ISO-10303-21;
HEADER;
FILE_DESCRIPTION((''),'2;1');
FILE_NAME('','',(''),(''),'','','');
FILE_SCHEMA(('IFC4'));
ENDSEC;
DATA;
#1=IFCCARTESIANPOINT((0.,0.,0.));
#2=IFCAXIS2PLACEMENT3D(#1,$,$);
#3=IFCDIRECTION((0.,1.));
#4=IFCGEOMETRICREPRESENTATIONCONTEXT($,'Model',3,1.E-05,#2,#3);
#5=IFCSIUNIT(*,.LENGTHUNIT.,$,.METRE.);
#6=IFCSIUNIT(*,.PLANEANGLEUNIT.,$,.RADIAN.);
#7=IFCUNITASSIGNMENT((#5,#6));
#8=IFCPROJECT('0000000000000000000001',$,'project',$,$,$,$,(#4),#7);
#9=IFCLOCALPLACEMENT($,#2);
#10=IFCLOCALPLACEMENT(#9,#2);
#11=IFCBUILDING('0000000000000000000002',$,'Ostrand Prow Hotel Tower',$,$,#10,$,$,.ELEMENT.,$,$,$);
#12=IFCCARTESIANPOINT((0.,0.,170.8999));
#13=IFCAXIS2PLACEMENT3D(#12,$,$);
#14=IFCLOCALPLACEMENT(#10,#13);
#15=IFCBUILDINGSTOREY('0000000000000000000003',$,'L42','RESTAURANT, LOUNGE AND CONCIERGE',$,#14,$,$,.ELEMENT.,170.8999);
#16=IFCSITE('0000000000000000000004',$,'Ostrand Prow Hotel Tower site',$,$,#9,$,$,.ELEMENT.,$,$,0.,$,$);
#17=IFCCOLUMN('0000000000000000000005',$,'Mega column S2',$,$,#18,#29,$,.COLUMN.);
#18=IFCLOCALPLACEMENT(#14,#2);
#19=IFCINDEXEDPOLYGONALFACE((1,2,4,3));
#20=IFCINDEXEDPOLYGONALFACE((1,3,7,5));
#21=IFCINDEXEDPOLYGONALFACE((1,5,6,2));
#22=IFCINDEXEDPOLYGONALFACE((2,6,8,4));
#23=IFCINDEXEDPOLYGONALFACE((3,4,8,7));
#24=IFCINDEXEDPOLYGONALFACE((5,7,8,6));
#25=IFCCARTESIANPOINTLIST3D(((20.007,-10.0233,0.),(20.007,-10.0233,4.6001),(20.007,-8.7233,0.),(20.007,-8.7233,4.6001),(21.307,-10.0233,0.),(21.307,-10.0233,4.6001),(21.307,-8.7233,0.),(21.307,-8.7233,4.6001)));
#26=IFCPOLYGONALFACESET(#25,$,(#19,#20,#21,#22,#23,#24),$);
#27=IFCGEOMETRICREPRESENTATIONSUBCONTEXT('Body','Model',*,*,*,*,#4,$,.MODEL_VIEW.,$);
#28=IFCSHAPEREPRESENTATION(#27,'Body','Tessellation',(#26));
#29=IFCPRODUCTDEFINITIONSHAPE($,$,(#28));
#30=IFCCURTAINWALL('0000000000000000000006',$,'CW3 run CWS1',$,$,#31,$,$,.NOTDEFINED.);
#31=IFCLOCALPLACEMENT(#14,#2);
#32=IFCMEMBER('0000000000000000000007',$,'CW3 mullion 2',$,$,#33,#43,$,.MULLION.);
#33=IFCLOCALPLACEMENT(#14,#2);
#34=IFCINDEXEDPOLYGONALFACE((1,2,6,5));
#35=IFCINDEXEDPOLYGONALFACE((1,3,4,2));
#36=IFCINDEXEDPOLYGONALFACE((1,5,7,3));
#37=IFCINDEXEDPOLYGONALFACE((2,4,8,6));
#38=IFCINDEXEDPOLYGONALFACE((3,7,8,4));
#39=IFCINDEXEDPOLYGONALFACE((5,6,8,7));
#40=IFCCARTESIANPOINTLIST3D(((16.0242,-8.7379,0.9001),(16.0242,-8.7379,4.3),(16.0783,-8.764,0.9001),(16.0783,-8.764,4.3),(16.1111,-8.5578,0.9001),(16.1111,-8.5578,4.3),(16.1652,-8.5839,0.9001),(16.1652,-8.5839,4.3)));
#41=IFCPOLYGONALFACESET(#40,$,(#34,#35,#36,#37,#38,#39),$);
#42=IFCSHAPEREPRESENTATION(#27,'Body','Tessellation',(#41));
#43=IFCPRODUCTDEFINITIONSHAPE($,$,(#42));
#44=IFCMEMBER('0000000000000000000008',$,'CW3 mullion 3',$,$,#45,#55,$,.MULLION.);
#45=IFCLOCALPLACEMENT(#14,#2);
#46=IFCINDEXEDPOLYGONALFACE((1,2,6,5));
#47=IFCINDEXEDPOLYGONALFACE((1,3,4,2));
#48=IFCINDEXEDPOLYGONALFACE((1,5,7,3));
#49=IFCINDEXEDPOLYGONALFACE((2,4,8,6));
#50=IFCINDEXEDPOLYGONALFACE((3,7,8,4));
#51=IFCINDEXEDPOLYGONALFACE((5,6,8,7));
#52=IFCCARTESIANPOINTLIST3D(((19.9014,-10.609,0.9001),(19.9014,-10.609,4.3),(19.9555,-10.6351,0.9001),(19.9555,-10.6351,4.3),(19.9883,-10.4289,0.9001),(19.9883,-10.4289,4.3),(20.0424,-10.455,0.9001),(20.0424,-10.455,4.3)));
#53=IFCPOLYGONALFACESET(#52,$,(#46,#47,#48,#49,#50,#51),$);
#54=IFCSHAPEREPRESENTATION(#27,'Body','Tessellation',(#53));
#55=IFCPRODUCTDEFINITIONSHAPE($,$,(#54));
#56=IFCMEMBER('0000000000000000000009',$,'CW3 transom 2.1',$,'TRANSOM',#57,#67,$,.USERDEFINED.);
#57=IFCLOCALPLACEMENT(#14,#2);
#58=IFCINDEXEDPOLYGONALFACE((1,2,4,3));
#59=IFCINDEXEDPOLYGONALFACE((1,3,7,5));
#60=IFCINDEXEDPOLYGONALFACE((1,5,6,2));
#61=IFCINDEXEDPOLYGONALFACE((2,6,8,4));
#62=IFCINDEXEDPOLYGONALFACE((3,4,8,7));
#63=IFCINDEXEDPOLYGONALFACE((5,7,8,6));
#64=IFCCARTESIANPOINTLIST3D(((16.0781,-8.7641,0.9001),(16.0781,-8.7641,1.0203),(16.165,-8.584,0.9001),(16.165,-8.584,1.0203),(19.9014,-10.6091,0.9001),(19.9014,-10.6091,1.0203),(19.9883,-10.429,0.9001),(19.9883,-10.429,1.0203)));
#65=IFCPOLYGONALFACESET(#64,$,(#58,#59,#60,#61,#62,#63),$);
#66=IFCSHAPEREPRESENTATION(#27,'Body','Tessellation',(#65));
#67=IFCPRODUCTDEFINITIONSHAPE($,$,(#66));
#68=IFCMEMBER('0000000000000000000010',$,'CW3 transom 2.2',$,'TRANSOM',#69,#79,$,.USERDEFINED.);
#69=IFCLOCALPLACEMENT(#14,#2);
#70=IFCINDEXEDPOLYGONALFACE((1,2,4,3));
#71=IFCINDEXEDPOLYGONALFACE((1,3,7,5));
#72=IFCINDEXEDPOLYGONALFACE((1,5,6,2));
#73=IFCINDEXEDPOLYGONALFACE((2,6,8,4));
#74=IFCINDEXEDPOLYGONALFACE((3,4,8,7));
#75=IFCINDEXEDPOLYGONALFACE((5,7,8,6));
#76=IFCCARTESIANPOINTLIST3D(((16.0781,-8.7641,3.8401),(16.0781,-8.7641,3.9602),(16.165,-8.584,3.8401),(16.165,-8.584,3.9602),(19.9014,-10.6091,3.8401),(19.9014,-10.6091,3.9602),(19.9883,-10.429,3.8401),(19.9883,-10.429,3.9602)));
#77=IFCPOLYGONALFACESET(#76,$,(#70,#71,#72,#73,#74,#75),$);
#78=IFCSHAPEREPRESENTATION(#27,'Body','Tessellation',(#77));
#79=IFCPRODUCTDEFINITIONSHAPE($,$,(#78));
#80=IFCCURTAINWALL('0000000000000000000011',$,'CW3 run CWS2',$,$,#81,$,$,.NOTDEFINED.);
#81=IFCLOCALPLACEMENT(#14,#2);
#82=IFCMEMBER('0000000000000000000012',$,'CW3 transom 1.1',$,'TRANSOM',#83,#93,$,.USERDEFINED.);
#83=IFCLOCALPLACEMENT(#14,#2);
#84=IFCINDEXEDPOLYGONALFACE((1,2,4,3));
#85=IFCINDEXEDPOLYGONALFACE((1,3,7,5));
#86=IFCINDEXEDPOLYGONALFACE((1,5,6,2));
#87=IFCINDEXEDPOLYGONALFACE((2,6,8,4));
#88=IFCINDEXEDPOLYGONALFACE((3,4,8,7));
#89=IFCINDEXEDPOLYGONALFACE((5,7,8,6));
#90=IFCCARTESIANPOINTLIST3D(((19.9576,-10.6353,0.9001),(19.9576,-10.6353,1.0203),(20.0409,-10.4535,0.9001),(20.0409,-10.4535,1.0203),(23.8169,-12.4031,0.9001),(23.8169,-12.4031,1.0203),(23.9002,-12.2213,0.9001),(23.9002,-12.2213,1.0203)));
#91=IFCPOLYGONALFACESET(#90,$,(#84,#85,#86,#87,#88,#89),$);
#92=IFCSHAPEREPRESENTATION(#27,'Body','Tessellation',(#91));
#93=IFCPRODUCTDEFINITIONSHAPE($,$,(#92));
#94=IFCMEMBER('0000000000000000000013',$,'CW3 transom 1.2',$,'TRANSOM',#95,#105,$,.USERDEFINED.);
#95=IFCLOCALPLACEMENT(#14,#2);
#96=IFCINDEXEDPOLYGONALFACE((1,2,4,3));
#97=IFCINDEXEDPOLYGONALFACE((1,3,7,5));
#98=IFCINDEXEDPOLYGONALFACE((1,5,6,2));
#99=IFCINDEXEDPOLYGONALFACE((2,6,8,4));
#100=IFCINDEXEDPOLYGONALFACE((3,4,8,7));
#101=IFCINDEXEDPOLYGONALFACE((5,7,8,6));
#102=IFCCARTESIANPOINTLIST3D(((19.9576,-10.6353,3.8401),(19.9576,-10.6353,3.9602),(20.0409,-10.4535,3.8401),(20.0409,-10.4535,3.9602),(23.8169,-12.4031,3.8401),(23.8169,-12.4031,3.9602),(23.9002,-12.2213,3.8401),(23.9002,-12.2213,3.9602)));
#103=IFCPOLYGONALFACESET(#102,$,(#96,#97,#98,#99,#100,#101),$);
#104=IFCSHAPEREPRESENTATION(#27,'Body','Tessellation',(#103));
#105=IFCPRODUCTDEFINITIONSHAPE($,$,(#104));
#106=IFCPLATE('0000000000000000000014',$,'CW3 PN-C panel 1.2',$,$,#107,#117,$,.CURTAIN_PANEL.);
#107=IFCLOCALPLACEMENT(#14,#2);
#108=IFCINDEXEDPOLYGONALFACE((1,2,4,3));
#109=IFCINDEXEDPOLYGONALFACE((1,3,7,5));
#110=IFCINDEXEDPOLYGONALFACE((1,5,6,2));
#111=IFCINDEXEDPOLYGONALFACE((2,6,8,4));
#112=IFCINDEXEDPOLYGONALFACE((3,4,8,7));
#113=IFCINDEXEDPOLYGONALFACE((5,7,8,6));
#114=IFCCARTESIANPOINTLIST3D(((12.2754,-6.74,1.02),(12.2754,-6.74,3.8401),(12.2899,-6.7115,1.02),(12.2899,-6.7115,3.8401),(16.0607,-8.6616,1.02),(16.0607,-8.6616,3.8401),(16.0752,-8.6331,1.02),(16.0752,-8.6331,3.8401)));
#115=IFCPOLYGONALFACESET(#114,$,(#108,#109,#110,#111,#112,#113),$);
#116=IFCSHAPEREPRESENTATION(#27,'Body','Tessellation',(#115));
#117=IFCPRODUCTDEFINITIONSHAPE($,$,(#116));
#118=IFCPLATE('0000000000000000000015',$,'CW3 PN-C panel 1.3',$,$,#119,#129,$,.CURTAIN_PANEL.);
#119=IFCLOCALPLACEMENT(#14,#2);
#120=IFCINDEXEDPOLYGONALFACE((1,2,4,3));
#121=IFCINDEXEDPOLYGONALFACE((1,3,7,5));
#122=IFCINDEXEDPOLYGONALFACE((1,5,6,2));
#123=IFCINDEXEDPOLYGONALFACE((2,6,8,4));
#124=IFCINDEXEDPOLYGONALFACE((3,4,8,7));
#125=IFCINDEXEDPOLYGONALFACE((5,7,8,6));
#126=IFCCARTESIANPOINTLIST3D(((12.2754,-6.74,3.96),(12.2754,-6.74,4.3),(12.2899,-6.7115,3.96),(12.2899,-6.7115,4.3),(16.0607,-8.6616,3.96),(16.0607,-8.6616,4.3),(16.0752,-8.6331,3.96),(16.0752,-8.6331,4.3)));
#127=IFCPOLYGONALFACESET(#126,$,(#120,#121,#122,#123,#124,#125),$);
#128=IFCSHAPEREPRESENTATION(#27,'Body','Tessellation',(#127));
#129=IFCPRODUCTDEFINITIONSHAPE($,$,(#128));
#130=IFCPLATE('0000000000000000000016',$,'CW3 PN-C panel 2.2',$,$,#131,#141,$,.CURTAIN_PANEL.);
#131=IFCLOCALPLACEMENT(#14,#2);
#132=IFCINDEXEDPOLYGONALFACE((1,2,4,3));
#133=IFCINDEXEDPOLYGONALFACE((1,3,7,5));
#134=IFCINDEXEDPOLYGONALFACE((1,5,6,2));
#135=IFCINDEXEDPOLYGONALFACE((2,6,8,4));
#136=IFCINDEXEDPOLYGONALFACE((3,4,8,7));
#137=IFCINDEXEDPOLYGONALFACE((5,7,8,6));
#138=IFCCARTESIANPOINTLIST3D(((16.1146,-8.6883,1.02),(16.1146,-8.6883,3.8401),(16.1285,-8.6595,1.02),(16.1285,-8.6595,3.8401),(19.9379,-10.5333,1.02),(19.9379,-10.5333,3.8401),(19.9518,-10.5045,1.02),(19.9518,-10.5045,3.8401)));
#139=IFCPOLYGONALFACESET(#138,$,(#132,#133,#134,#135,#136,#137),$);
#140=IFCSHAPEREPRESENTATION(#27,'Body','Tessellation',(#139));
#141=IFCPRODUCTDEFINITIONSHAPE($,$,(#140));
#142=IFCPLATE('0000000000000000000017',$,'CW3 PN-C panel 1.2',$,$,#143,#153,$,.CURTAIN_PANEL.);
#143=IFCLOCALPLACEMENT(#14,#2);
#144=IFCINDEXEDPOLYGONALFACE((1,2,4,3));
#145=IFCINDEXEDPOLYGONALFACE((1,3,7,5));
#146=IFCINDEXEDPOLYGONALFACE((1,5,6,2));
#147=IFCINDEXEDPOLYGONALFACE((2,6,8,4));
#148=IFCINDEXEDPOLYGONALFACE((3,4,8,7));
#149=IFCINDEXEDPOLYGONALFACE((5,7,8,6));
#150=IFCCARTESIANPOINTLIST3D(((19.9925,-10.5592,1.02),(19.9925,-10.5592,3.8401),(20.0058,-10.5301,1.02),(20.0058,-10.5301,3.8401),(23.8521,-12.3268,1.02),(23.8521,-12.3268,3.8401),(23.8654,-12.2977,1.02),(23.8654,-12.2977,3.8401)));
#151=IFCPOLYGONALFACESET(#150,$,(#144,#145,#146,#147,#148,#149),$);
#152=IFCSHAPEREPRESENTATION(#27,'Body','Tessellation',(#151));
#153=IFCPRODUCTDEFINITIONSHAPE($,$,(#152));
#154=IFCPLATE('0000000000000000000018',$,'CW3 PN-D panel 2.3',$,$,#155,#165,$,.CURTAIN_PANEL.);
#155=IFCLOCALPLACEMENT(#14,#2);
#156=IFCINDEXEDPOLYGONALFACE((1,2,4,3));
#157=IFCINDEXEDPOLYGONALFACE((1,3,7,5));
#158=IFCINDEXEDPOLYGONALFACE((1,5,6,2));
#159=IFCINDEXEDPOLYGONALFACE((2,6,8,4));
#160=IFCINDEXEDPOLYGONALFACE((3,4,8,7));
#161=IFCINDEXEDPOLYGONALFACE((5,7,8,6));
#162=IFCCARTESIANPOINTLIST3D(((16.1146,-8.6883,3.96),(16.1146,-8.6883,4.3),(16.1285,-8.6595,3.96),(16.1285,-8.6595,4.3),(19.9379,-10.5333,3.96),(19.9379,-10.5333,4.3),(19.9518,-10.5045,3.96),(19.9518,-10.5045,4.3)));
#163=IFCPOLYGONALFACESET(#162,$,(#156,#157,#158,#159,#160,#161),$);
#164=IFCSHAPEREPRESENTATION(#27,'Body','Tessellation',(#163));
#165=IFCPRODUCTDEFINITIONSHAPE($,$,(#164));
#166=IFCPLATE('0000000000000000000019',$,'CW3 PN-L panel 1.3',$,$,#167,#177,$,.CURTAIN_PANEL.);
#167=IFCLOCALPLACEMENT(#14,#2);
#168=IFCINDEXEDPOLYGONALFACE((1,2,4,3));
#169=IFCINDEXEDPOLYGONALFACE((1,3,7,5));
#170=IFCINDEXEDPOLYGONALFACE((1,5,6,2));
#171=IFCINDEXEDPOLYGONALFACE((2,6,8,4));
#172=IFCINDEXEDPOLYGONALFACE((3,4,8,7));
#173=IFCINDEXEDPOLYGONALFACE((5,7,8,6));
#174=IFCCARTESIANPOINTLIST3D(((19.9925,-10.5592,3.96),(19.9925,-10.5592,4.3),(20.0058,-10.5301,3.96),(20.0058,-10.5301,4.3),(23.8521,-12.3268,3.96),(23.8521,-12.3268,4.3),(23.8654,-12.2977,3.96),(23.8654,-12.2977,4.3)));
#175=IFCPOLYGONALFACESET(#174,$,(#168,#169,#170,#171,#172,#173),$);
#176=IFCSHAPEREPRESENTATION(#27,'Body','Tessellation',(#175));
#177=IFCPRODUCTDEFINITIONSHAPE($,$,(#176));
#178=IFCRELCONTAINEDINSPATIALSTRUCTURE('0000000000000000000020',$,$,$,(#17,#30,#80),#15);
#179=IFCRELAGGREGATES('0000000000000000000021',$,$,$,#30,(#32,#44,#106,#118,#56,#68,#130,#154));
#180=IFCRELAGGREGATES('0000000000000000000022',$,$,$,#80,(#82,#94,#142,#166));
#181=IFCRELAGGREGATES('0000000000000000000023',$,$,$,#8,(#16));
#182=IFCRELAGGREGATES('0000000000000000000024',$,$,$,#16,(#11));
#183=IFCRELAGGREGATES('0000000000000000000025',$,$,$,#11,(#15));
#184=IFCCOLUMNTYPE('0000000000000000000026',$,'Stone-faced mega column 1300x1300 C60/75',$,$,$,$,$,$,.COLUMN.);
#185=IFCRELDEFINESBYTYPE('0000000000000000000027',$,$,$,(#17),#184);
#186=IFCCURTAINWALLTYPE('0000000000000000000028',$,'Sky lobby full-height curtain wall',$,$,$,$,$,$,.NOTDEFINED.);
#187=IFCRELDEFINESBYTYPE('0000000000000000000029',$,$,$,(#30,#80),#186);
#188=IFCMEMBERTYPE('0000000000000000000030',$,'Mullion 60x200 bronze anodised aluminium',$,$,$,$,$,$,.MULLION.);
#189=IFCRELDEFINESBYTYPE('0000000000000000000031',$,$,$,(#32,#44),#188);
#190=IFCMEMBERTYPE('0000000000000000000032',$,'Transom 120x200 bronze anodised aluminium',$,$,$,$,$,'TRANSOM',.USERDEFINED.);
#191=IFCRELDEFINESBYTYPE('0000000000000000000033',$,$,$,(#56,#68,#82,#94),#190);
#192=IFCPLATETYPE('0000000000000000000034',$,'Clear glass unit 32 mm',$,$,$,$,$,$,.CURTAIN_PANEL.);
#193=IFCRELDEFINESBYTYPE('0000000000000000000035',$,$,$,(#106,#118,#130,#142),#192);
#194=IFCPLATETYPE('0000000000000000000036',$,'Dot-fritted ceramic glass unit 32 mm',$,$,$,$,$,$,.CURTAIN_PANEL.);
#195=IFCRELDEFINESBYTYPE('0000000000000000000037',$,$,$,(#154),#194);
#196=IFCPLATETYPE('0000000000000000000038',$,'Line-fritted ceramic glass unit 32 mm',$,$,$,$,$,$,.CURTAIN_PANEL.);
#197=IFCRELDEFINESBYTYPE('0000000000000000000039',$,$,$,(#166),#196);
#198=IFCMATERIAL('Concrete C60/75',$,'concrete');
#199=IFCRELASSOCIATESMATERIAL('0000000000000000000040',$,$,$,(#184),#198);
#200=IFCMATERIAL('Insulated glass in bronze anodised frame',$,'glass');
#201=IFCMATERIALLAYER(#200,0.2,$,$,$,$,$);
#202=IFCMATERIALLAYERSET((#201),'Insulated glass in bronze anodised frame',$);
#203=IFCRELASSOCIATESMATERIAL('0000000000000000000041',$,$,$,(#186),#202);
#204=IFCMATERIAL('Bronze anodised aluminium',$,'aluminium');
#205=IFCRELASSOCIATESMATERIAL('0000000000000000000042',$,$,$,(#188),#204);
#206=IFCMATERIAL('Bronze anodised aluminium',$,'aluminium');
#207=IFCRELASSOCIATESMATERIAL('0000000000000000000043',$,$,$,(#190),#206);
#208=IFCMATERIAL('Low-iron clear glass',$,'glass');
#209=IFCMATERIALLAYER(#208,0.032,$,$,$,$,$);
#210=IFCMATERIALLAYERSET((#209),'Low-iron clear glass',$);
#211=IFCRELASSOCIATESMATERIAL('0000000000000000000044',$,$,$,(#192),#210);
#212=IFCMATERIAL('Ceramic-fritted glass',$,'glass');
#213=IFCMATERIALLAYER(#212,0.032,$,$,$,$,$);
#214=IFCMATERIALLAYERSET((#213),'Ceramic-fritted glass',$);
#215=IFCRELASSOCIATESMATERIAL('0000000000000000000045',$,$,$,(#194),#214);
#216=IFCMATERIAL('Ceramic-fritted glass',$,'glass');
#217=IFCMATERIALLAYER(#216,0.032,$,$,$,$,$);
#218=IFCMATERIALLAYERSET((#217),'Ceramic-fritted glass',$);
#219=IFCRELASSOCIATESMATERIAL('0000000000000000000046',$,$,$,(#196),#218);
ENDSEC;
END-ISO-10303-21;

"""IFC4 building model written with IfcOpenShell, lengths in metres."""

from ifc_helpers import new_model, si_unit, direction, frame, origin, origin_2d, place, context, subcontext, project, spatial, rectangle, extrude, material, layer, layer_set, material_profile, profile_set, type_object, element, aggregate, save


model = new_model("IFC4")

# Units and contexts
model_context = context("Model", 3, precision=1e-05, world=origin(), true_north=direction((0.0, 1.0)))
body_context = subcontext(model_context, "Body", "Model", "MODEL_VIEW")
ifc_project = project(units=[si_unit("LENGTHUNIT", "METRE"), si_unit("PLANEANGLEUNIT", "RADIAN")], contexts=[model_context])

# Site, building, storey
site_placement = place(None, origin())
site = spatial("IfcSite", under=ifc_project, at=site_placement, Name="Ostrand Prow Hotel Tower site", CompositionType="ELEMENT", RefElevation=0.0)
building_placement = place(site_placement, origin())
building = spatial("IfcBuilding", under=site, at=building_placement, Name="Ostrand Prow Hotel Tower", CompositionType="ELEMENT")
storey_placement = place(building_placement, frame((0.0, 0.0, 170.8999)))
storey = spatial("IfcBuildingStorey", under=building, at=storey_placement, Name="L42", Description="RESTAURANT, LOUNGE AND CONCIERGE", CompositionType="ELEMENT", Elevation=170.8999)

# Column
ifc_material_1 = material(Name="Concrete C60/75", Category="concrete")
ifc_material_profile_1 = material_profile(ifc_material_1, rectangle(XDim=1.3, YDim=1.3, at=origin_2d()), Name="RC 1300x1300")
ifc_profile_set_1 = profile_set([ifc_material_profile_1], Name="Concrete C60/75")
column_type = type_object("IfcColumnType", Name="Stone-faced mega column 1300x1300 C60/75", PredefinedType="COLUMN", material=ifc_profile_set_1)
column_placement = place(storey_placement, frame((20.657, -9.3733, 0.0), z_axis=(0.0, 0.0, 1.0), x_axis=(1.0, 0.0, 0.0)))
element("IfcColumn", 1, at=column_placement, inside=storey, type_object=column_type, Name="Mega column S2", PredefinedType="COLUMN", context=body_context, shape_type="SweptSolid", body=[
    extrude(rectangle(XDim=1.3, YDim=1.3, at=origin_2d()), origin(), (0.0, 0.0, 1.0), 4.6001),
])

# Curtain walls, members
ifc_material_2 = material(Name="Insulated glass in bronze anodised frame", Category="glass")
ifc_layer_1 = layer(ifc_material_2, 0.2)
ifc_layer_set_1 = layer_set([ifc_layer_1], Name="Insulated glass in bronze anodised frame")
curtain_wall_type = type_object("IfcCurtainWallType", Name="Sky lobby full-height curtain wall", PredefinedType="NOTDEFINED", material=ifc_layer_set_1)
curtain_wall_1_placement = place(storey_placement, origin())
curtain_wall_1 = element("IfcCurtainWall", 2, at=curtain_wall_1_placement, inside=storey, type_object=curtain_wall_type, Name="CW3 run CWS1", PredefinedType="NOTDEFINED")
ifc_material_3 = material(Name="Bronze anodised aluminium", Category="aluminium")
ifc_material_profile_2 = material_profile(ifc_material_3, rectangle(XDim=0.2, YDim=0.0601, at=origin_2d()), Name="Mullion 60x200 bronze anodised aluminium")
ifc_profile_set_2 = profile_set([ifc_material_profile_2], Name="Bronze anodised aluminium")
member_type_1 = type_object("IfcMemberType", Name="Mullion 60x200 bronze anodised aluminium", PredefinedType="MULLION", material=ifc_profile_set_2)
member_1_placement = place(storey_placement, frame((16.0947, -8.6609, 0.9001), z_axis=(0.0, 0.0, 1.0), x_axis=(0.434615, 0.900616, 0.0)))
member_1 = element("IfcMember", 3, at=member_1_placement, type_object=member_type_1, Name="CW3 mullion 2", PredefinedType="MULLION", context=body_context, shape_type="SweptSolid", body=[
    extrude(rectangle(XDim=0.2, YDim=0.0601, at=origin_2d()), origin(), (0.0, 0.0, 1.0), 3.3999),
])
member_2_placement = place(storey_placement, frame((19.9719, -10.532, 0.9001), z_axis=(0.0, 0.0, 1.0), x_axis=(0.434615, 0.900616, 0.0)))
member_2 = element("IfcMember", 4, at=member_2_placement, type_object=member_type_1, Name="CW3 mullion 3", PredefinedType="MULLION", context=body_context, shape_type="SweptSolid", body=[
    extrude(rectangle(XDim=0.2, YDim=0.0601, at=origin_2d()), origin(), (0.0, 0.0, 1.0), 3.3999),
])
ifc_material_4 = material(Name="Bronze anodised aluminium", Category="aluminium")
ifc_material_profile_3 = material_profile(ifc_material_4, rectangle(XDim=0.2, YDim=0.1201, at=origin_2d()), Name="Transom 120x200 bronze anodised aluminium")
ifc_profile_set_3 = profile_set([ifc_material_profile_3], Name="Bronze anodised aluminium")
member_type_2 = type_object("IfcMemberType", Name="Transom 120x200 bronze anodised aluminium", ElementType="TRANSOM", PredefinedType="USERDEFINED", material=ifc_profile_set_3)
member_3_placement = place(storey_placement, frame((16.1216, -8.6741, 0.9602), z_axis=(0.900619, -0.434609, 0.0), x_axis=(0.434609, 0.900619, 0.0)))
member_3 = element("IfcMember", 5, at=member_3_placement, type_object=member_type_2, Name="CW3 transom 2.1", ObjectType="TRANSOM", PredefinedType="USERDEFINED", context=body_context, shape_type="SweptSolid", body=[
    extrude(rectangle(XDim=0.2, YDim=0.1201, at=origin_2d()), origin(), (0.0, 0.0, 1.0), 4.2451),
])
member_4_placement = place(storey_placement, frame((16.1216, -8.6741, 3.9001), z_axis=(0.900619, -0.434609, 0.0), x_axis=(0.434609, 0.900619, 0.0)))
member_4 = element("IfcMember", 6, at=member_4_placement, type_object=member_type_2, Name="CW3 transom 2.2", ObjectType="TRANSOM", PredefinedType="USERDEFINED", context=body_context, shape_type="SweptSolid", body=[
    extrude(rectangle(XDim=0.2, YDim=0.1201, at=origin_2d()), origin(), (0.0, 0.0, 1.0), 4.2451),
])
curtain_wall_2_placement = place(storey_placement, origin())
curtain_wall_2 = element("IfcCurtainWall", 7, at=curtain_wall_2_placement, inside=storey, type_object=curtain_wall_type, Name="CW3 run CWS2", PredefinedType="NOTDEFINED")
member_5_placement = place(storey_placement, frame((19.9993, -10.5444, 0.9602), z_axis=(0.909159, -0.416449, 0.0), x_axis=(0.416449, 0.909159, 0.0)))
member_5 = element("IfcMember", 8, at=member_5_placement, type_object=member_type_2, Name="CW3 transom 1.1", ObjectType="TRANSOM", PredefinedType="USERDEFINED", context=body_context, shape_type="SweptSolid", body=[
    extrude(rectangle(XDim=0.2, YDim=0.1201, at=origin_2d()), origin(), (0.0, 0.0, 1.0), 4.2449),
])
member_6_placement = place(storey_placement, frame((19.9993, -10.5444, 3.9001), z_axis=(0.909159, -0.416449, 0.0), x_axis=(0.416449, 0.909159, 0.0)))
member_6 = element("IfcMember", 9, at=member_6_placement, type_object=member_type_2, Name="CW3 transom 1.2", ObjectType="TRANSOM", PredefinedType="USERDEFINED", context=body_context, shape_type="SweptSolid", body=[
    extrude(rectangle(XDim=0.2, YDim=0.1201, at=origin_2d()), origin(), (0.0, 0.0, 1.0), 4.2449),
])

# Plates
ifc_material_5 = material(Name="Low-iron clear glass", Category="glass")
ifc_layer_2 = layer(ifc_material_5, 0.032)
ifc_layer_set_2 = layer_set([ifc_layer_2], Name="Low-iron clear glass")
plate_type_1 = type_object("IfcPlateType", Name="Clear glass unit 32 mm", PredefinedType="CURTAIN_PANEL", material=ifc_layer_set_2)
plate_1_placement = place(storey_placement, frame((14.1753, -7.6865, 1.02), z_axis=(0.0, 0.0, 1.0), x_axis=(0.891684, -0.452659, 0.0)))
plate_1 = element("IfcPlate", 10, at=plate_1_placement, type_object=plate_type_1, Name="CW3 PN-C panel 1.2", PredefinedType="CURTAIN_PANEL", context=body_context, shape_type="SweptSolid", body=[
    extrude(rectangle(XDim=4.2451, YDim=0.032, at=origin_2d()), origin(), (0.0, 0.0, 1.0), 2.8201),
])
plate_2_placement = place(storey_placement, frame((14.1753, -7.6865, 3.96), z_axis=(0.0, 0.0, 1.0), x_axis=(0.891684, -0.452659, 0.0)))
plate_2 = element("IfcPlate", 11, at=plate_2_placement, type_object=plate_type_1, Name="CW3 PN-C panel 1.3", PredefinedType="CURTAIN_PANEL", context=body_context, shape_type="SweptSolid", body=[
    extrude(rectangle(XDim=4.2451, YDim=0.032, at=origin_2d()), origin(), (0.0, 0.0, 1.0), 0.3401),
])
plate_3_placement = place(storey_placement, frame((18.0332, -9.5964, 1.02), z_axis=(0.0, 0.0, 1.0), x_axis=(0.900616, -0.434615, 0.0)))
plate_3 = element("IfcPlate", 12, at=plate_3_placement, type_object=plate_type_1, Name="CW3 PN-C panel 2.2", PredefinedType="CURTAIN_PANEL", context=body_context, shape_type="SweptSolid", body=[
    extrude(rectangle(XDim=4.2451, YDim=0.032, at=origin_2d()), origin(), (0.0, 0.0, 1.0), 2.8201),
])
plate_4_placement = place(storey_placement, frame((21.929, -11.4285, 1.02), z_axis=(0.0, 0.0, 1.0), x_axis=(0.909185, -0.416393, 0.0)))
plate_4 = element("IfcPlate", 13, at=plate_4_placement, type_object=plate_type_1, Name="CW3 PN-C panel 1.2", PredefinedType="CURTAIN_PANEL", context=body_context, shape_type="SweptSolid", body=[
    extrude(rectangle(XDim=4.2451, YDim=0.032, at=origin_2d()), origin(), (0.0, 0.0, 1.0), 2.8201),
])
ifc_material_6 = material(Name="Ceramic-fritted glass", Category="glass")
ifc_layer_3 = layer(ifc_material_6, 0.032)
ifc_layer_set_3 = layer_set([ifc_layer_3], Name="Ceramic-fritted glass")
plate_type_2 = type_object("IfcPlateType", Name="Dot-fritted ceramic glass unit 32 mm", PredefinedType="CURTAIN_PANEL", material=ifc_layer_set_3)
plate_5_placement = place(storey_placement, frame((18.0332, -9.5964, 3.96), z_axis=(0.0, 0.0, 1.0), x_axis=(0.900616, -0.434615, 0.0)))
plate_5 = element("IfcPlate", 14, at=plate_5_placement, type_object=plate_type_2, Name="CW3 PN-D panel 2.3", PredefinedType="CURTAIN_PANEL", context=body_context, shape_type="SweptSolid", body=[
    extrude(rectangle(XDim=4.2451, YDim=0.032, at=origin_2d()), origin(), (0.0, 0.0, 1.0), 0.3401),
])
aggregate(curtain_wall_1, [member_1, member_2, plate_1, plate_2, member_3, member_4, plate_3, plate_5])
ifc_material_7 = material(Name="Ceramic-fritted glass", Category="glass")
ifc_layer_4 = layer(ifc_material_7, 0.032)
ifc_layer_set_4 = layer_set([ifc_layer_4], Name="Ceramic-fritted glass")
plate_type_3 = type_object("IfcPlateType", Name="Line-fritted ceramic glass unit 32 mm", PredefinedType="CURTAIN_PANEL", material=ifc_layer_set_4)
plate_6_placement = place(storey_placement, frame((21.929, -11.4285, 3.96), z_axis=(0.0, 0.0, 1.0), x_axis=(0.909185, -0.416393, 0.0)))
plate_6 = element("IfcPlate", 15, at=plate_6_placement, type_object=plate_type_3, Name="CW3 PN-L panel 1.3", PredefinedType="CURTAIN_PANEL", context=body_context, shape_type="SweptSolid", body=[
    extrude(rectangle(XDim=4.2451, YDim=0.032, at=origin_2d()), origin(), (0.0, 0.0, 1.0), 0.3401),
])
aggregate(curtain_wall_2, [member_5, member_6, plate_4, plate_6])

save(model, "model.ifc")
